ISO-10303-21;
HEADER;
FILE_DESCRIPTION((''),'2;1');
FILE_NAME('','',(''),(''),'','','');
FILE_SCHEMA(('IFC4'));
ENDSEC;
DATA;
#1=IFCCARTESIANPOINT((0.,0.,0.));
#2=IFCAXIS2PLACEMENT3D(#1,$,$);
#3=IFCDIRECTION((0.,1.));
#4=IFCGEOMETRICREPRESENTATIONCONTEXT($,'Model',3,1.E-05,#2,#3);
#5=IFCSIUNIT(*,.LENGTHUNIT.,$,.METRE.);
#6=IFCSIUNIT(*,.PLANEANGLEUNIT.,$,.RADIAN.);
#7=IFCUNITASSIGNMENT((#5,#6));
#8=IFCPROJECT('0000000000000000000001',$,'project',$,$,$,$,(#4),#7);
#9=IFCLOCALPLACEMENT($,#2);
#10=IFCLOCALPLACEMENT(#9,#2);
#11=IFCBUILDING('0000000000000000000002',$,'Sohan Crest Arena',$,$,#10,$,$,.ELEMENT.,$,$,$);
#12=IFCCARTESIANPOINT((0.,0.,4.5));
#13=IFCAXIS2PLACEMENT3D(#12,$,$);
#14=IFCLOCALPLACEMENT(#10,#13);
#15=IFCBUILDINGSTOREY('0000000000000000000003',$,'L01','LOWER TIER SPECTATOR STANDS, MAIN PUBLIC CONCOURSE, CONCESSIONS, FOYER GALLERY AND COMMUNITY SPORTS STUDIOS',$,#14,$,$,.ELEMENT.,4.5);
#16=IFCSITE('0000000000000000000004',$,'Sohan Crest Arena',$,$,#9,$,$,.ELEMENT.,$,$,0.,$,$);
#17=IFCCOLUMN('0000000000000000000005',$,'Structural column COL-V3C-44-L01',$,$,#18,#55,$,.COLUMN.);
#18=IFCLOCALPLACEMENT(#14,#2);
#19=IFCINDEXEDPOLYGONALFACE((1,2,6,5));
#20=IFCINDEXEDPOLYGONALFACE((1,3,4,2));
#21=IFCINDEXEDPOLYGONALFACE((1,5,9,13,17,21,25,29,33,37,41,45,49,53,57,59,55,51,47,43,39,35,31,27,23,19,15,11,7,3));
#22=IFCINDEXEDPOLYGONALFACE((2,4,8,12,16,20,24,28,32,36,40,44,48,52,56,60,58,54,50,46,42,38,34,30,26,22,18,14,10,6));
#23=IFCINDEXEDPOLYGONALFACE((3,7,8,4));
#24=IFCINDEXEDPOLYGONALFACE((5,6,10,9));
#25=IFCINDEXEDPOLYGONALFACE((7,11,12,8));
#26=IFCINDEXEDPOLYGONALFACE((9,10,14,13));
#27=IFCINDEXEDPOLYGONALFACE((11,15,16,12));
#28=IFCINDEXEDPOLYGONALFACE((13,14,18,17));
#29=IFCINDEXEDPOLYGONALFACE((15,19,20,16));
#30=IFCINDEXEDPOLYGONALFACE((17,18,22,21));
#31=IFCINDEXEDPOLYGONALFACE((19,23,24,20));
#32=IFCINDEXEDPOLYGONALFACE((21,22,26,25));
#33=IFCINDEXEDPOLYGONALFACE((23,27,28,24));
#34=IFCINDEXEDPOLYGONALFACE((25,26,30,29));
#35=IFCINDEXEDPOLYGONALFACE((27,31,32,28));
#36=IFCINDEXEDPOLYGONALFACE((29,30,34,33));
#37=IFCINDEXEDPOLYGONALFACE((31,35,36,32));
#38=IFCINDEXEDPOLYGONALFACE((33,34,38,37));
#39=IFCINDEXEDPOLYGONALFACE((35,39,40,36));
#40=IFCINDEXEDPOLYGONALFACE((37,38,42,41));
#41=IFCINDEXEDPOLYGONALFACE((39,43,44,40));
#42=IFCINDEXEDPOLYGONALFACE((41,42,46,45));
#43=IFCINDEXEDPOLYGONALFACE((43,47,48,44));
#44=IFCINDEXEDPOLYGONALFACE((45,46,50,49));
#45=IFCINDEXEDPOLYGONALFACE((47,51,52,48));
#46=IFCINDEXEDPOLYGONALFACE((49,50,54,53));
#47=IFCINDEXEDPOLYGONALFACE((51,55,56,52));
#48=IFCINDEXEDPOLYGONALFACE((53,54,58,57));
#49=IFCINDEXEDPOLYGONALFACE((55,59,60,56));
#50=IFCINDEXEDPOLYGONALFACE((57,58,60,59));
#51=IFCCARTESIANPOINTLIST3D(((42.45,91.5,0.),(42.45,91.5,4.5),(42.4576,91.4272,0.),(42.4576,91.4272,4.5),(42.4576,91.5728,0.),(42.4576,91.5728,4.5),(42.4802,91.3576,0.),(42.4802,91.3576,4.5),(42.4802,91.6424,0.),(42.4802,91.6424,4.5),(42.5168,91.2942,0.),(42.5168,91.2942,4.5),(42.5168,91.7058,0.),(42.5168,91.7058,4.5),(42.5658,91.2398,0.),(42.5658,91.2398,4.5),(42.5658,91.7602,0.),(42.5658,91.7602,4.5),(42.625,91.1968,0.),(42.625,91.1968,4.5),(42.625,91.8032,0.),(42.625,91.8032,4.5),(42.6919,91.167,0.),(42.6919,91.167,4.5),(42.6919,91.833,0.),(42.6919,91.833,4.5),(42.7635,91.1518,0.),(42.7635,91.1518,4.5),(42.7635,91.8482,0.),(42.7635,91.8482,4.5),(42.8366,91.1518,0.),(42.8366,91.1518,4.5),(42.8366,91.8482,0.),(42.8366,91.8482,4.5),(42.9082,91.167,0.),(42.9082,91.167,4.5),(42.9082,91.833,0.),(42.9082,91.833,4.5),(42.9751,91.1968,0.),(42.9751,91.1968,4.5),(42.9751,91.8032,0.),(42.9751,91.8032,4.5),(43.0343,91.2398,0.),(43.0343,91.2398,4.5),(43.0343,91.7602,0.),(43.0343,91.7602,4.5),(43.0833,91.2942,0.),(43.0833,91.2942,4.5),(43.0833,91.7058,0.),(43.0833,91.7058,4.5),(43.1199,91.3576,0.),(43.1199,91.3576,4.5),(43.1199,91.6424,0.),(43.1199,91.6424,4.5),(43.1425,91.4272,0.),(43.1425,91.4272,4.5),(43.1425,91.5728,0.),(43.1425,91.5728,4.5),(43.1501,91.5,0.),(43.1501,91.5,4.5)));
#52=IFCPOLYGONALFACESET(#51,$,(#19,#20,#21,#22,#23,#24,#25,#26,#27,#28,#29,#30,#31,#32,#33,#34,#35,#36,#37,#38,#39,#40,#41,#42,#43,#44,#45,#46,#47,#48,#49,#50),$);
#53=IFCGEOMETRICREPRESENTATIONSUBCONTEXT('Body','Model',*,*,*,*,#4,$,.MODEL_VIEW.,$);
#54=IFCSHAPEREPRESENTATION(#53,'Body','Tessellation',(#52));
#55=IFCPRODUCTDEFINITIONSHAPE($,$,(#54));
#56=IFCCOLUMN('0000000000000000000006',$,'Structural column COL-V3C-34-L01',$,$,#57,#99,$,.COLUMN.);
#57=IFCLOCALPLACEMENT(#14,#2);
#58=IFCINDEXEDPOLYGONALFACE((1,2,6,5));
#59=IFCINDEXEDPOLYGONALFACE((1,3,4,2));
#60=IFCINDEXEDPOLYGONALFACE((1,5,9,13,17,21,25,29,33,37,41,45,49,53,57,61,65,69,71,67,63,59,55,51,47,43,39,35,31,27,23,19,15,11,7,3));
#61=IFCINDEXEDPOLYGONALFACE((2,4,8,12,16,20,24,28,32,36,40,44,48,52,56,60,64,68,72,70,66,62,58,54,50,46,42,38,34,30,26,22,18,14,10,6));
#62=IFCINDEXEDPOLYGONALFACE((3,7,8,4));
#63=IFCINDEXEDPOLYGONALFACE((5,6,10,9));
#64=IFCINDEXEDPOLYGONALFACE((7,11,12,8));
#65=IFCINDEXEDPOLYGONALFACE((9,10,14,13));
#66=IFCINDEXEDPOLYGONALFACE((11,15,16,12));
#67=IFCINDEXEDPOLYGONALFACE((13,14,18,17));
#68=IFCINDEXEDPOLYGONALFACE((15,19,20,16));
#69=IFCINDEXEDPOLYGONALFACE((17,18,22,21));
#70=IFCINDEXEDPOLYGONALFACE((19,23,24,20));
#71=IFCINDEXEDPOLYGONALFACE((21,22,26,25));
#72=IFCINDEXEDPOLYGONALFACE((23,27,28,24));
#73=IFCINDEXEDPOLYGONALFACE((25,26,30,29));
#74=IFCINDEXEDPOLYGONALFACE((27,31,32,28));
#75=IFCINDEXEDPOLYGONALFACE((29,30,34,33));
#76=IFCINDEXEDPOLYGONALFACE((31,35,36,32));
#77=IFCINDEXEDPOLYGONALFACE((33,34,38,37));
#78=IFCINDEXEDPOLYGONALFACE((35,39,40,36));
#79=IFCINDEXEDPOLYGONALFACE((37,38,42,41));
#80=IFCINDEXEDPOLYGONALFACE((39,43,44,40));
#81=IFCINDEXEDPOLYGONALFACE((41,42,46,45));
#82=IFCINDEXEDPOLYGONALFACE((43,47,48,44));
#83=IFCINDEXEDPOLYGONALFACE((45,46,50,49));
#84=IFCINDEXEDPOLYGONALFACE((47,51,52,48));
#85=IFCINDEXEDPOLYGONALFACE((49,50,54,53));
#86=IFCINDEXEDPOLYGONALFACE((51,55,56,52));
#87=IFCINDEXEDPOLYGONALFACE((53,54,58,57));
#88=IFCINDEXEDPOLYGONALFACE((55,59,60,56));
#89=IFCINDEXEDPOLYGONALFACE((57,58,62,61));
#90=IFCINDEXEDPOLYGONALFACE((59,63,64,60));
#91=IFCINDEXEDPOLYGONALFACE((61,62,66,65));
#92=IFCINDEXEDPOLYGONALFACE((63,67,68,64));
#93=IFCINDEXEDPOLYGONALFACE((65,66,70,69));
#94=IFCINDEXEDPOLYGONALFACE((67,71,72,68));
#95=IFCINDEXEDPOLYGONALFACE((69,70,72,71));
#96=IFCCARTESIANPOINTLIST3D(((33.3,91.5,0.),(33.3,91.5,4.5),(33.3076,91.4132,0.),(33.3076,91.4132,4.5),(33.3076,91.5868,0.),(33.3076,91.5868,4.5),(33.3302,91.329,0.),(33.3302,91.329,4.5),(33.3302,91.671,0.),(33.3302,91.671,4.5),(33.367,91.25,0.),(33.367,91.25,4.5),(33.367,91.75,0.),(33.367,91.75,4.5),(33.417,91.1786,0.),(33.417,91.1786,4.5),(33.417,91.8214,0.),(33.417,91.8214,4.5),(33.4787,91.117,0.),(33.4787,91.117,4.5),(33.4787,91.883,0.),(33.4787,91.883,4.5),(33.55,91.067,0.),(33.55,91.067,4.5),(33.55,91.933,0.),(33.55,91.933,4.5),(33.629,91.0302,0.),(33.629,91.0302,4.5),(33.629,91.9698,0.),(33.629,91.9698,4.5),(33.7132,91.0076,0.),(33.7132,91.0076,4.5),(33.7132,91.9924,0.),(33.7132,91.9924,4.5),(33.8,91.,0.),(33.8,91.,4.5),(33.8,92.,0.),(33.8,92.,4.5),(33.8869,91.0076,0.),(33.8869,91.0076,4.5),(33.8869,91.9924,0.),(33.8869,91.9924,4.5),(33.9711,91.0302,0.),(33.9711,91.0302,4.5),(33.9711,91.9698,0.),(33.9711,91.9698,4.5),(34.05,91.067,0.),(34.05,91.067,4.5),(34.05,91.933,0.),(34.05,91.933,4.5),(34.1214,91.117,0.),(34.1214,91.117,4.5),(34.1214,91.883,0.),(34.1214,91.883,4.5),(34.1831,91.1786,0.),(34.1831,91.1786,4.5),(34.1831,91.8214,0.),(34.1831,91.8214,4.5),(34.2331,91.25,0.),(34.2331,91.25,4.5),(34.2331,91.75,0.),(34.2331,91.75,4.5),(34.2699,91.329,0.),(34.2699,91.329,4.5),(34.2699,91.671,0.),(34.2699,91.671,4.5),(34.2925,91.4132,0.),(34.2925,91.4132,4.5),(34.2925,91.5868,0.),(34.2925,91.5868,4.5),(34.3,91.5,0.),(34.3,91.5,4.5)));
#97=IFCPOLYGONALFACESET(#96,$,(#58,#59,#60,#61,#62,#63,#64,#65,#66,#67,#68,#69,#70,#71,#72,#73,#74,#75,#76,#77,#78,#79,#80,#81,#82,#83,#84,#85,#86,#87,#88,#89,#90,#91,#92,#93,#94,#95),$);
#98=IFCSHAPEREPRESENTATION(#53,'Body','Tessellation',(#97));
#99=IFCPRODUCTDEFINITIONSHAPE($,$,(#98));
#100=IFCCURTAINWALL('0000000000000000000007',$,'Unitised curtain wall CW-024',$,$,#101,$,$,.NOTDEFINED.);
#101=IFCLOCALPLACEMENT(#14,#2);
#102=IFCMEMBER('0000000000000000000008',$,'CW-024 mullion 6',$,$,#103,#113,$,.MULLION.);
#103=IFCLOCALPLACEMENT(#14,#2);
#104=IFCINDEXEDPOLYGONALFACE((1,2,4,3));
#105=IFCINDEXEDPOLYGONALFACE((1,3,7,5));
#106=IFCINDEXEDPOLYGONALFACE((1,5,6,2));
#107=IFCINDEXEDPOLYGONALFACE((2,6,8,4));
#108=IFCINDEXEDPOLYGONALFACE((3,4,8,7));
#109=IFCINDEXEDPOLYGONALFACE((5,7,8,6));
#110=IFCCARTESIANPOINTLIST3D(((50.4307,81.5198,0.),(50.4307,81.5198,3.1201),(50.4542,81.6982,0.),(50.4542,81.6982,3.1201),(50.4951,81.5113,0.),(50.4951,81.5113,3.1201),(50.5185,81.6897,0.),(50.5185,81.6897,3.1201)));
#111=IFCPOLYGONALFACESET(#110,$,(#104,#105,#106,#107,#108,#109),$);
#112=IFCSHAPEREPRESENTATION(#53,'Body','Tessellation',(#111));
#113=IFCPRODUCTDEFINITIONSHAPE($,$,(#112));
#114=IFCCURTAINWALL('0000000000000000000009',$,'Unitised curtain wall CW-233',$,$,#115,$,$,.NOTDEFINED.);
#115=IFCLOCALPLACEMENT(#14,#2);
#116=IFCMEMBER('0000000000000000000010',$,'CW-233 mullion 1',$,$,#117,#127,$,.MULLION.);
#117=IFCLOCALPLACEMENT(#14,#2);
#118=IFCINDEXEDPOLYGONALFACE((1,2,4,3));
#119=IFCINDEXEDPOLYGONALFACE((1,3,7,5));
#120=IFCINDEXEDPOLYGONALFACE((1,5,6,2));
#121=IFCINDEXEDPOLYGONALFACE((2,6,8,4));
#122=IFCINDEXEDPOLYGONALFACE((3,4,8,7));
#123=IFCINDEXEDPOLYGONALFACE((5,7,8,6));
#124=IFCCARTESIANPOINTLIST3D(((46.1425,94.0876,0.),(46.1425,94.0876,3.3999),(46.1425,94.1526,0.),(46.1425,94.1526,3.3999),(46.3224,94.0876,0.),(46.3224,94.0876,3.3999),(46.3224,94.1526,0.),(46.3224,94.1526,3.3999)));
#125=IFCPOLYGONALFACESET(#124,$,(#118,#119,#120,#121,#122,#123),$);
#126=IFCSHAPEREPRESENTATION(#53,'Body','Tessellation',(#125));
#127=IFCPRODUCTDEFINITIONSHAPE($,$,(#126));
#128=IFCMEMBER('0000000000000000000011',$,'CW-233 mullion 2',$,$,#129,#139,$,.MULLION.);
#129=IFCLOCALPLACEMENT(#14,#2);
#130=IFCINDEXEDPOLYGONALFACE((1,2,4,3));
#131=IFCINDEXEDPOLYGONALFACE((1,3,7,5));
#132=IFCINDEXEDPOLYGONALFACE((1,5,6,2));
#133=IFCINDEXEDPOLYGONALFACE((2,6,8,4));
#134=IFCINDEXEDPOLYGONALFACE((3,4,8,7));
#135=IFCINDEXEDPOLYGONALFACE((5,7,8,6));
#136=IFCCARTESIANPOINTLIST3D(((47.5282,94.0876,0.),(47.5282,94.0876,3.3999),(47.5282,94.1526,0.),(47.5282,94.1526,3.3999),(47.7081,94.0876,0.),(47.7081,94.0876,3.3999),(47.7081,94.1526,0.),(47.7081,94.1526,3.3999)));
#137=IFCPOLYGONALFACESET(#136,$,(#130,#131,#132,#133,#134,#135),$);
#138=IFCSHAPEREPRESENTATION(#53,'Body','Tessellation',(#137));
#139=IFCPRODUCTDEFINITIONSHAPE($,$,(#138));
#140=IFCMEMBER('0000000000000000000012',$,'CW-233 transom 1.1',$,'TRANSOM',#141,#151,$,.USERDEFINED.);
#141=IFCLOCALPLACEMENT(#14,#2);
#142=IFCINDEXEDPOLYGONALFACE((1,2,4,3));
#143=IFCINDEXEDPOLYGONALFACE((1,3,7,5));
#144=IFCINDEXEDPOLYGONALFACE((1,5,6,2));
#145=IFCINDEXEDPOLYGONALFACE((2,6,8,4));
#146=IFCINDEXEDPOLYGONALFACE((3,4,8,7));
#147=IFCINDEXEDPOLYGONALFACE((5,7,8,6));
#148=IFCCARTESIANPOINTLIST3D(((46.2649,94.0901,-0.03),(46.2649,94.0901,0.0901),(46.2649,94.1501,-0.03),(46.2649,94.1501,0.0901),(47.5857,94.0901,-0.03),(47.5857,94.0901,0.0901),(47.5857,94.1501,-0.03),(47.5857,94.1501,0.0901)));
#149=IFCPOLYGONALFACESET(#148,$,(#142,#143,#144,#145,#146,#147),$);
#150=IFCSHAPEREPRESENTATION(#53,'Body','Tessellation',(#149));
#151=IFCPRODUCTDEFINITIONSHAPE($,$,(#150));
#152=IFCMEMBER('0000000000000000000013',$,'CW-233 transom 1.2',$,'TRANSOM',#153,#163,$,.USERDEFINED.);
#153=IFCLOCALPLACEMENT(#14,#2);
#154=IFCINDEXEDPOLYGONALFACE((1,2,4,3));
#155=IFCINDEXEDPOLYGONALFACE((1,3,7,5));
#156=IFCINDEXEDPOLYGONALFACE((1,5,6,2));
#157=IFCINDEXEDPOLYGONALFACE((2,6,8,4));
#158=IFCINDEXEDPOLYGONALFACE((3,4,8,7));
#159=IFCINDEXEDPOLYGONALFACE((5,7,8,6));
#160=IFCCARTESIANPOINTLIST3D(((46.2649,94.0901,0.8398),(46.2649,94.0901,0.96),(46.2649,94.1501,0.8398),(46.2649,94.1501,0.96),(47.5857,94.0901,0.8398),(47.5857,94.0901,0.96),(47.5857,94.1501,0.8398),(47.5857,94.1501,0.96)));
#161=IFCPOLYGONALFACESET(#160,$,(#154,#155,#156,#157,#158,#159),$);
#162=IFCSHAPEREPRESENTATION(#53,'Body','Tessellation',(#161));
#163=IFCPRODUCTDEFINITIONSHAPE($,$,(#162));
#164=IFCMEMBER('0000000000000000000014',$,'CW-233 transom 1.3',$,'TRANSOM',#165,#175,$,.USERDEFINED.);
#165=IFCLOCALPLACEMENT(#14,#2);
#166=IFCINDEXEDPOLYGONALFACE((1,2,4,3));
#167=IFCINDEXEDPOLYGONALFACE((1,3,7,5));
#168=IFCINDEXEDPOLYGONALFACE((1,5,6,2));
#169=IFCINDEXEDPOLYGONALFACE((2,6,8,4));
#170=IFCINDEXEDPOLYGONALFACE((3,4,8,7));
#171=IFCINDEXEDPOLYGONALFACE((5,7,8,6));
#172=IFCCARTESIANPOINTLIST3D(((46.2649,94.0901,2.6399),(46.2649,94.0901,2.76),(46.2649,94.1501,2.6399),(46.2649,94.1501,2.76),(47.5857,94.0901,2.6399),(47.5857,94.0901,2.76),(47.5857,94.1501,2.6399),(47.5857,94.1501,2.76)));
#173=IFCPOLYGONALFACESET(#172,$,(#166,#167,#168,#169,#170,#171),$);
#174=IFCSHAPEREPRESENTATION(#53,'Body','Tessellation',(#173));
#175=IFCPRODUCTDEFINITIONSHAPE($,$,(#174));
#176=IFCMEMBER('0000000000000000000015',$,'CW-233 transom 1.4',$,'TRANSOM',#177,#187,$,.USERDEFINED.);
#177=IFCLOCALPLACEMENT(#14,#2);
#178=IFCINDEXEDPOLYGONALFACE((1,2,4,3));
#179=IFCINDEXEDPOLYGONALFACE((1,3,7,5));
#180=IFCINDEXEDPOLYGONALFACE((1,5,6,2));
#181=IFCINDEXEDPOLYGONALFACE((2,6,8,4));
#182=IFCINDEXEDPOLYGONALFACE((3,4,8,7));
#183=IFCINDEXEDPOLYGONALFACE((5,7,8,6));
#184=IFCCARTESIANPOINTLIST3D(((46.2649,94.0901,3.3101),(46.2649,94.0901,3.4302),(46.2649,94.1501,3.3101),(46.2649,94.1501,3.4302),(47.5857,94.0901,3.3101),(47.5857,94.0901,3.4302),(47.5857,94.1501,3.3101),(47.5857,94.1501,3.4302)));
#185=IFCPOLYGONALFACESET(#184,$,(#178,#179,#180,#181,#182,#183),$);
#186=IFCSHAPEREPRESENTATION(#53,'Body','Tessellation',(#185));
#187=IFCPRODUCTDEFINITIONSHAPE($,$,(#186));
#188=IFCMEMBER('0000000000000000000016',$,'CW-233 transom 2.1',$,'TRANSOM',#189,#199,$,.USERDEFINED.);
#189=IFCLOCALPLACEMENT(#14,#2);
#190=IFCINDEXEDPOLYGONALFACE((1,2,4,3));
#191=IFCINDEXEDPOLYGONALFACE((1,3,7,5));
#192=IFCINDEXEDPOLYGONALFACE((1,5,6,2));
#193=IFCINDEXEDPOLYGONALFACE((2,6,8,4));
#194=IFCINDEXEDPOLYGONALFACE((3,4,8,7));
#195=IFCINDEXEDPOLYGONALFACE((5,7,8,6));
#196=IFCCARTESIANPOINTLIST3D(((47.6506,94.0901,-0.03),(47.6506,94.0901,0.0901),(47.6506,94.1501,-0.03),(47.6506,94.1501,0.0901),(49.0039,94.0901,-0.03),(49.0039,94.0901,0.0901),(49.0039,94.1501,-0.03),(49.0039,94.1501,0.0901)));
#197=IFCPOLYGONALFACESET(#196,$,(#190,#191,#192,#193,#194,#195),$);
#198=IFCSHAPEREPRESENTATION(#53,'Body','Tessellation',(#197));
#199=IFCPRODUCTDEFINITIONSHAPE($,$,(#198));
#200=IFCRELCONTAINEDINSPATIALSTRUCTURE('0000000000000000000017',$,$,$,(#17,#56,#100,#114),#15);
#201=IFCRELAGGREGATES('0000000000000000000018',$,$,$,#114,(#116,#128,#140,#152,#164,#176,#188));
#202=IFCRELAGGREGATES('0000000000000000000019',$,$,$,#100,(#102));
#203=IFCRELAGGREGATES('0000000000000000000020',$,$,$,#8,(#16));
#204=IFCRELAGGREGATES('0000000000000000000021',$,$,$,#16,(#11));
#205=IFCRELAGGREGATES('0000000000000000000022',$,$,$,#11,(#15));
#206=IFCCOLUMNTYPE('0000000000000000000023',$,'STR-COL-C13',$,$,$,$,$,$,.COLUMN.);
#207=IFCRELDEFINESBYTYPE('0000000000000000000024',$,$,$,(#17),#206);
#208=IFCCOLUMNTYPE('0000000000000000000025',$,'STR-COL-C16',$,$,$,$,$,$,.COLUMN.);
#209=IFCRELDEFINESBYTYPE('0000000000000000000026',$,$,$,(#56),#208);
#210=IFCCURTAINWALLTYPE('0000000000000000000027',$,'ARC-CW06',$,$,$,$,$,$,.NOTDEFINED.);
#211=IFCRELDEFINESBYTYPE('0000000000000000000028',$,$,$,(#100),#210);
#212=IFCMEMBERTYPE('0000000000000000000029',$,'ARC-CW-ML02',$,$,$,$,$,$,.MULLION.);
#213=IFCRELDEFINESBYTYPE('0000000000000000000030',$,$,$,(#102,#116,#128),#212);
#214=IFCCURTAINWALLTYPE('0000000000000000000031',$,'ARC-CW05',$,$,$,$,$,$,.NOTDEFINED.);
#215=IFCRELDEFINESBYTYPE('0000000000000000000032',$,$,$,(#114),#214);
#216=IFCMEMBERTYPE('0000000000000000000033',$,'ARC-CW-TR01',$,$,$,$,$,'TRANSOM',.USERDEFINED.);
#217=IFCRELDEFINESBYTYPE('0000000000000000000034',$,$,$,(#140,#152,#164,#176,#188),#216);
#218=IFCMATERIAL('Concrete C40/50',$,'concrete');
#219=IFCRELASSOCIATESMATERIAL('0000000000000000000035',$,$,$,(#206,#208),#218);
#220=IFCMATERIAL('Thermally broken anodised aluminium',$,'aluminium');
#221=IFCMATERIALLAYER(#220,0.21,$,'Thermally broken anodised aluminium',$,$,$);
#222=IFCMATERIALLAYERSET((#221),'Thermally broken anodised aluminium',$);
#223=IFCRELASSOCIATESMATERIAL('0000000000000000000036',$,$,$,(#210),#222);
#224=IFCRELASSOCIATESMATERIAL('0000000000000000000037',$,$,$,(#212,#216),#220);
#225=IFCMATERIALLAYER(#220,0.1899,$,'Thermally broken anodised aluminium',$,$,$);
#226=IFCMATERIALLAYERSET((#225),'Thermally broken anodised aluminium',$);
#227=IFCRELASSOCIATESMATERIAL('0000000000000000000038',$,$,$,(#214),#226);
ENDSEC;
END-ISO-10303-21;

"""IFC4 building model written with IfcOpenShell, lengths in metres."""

from ifc_helpers import new_model, si_unit, direction, frame, origin, origin_2d, place, context, subcontext, project, spatial, rectangle, circle, extrude, material, layer, layer_set, material_profile, profile_set, type_object, element, aggregate, save


model = new_model("IFC4")

# Units and contexts
model_context = context("Model", 3, precision=1e-05, world=origin(), true_north=direction((0.0, 1.0)))
body_context = subcontext(model_context, "Body", "Model", "MODEL_VIEW")
ifc_project = project(units=[si_unit("LENGTHUNIT", "METRE"), si_unit("PLANEANGLEUNIT", "RADIAN")], contexts=[model_context])

# Site, building, storey
site_placement = place(None, origin())
site = spatial("IfcSite", under=ifc_project, at=site_placement, Name="Sohan Crest Arena", CompositionType="ELEMENT", RefElevation=0.0)
building_placement = place(site_placement, origin())
building = spatial("IfcBuilding", under=site, at=building_placement, Name="Sohan Crest Arena", CompositionType="ELEMENT")
storey_placement = place(building_placement, frame((0.0, 0.0, 4.5)))
storey = spatial("IfcBuildingStorey", under=building, at=storey_placement, Name="L01", Description="LOWER TIER SPECTATOR STANDS, MAIN PUBLIC CONCOURSE, CONCESSIONS, FOYER GALLERY AND COMMUNITY SPORTS STUDIOS", CompositionType="ELEMENT", Elevation=4.5)

# Columns
ifc_material_1 = material(Name="Concrete C40/50", Category="concrete")
ifc_material_profile_1 = material_profile(ifc_material_1, circle(Radius=0.3501, at=origin_2d()), Name="RC D700")
ifc_profile_set_1 = profile_set([ifc_material_profile_1], Name="Concrete C40/50")
column_type_1 = type_object("IfcColumnType", Name="STR-COL-C13", PredefinedType="COLUMN", material=ifc_profile_set_1)
column_1_placement = place(storey_placement, frame((42.8, 91.5, 0.0), z_axis=(0.0, 0.0, 1.0), x_axis=(1.0, 0.0, 0.0)))
element("IfcColumn", 1, at=column_1_placement, inside=storey, type_object=column_type_1, Name="Structural column COL-V3C-44-L01", PredefinedType="COLUMN", context=body_context, shape_type="SweptSolid", body=[
    extrude(circle(Radius=0.3501, at=origin_2d()), origin(), (0.0, 0.0, 1.0), 4.5),
])
ifc_material_profile_2 = material_profile(ifc_material_1, circle(Radius=0.5, at=origin_2d()), Name="RC D1000")
ifc_profile_set_2 = profile_set([ifc_material_profile_2], Name="Concrete C40/50")
column_type_2 = type_object("IfcColumnType", Name="STR-COL-C16", PredefinedType="COLUMN", material=ifc_profile_set_2)
column_2_placement = place(storey_placement, frame((33.8, 91.5, 0.0), z_axis=(0.0, 0.0, 1.0), x_axis=(1.0, 0.0, 0.0)))
element("IfcColumn", 2, at=column_2_placement, inside=storey, type_object=column_type_2, Name="Structural column COL-V3C-34-L01", PredefinedType="COLUMN", context=body_context, shape_type="SweptSolid", body=[
    extrude(circle(Radius=0.5, at=origin_2d()), origin(), (0.0, 0.0, 1.0), 4.5),
])

# Curtain wall, member
ifc_material_2 = material(Name="Thermally broken anodised aluminium", Category="aluminium")
ifc_layer_1 = layer(ifc_material_2, 0.21, Name="Thermally broken anodised aluminium")
ifc_layer_set_1 = layer_set([ifc_layer_1], Name="Thermally broken anodised aluminium")
curtain_wall_type_1 = type_object("IfcCurtainWallType", Name="ARC-CW06", PredefinedType="NOTDEFINED", material=ifc_layer_set_1)
curtain_wall_1_placement = place(storey_placement, origin())
curtain_wall_1 = element("IfcCurtainWall", 3, at=curtain_wall_1_placement, inside=storey, type_object=curtain_wall_type_1, Name="Unitised curtain wall CW-024", PredefinedType="NOTDEFINED")
ifc_material_profile_3 = material_profile(ifc_material_2, rectangle(XDim=0.0649, YDim=0.1799, at=origin_2d()), Name="ALU-MULL 65x180")
ifc_profile_set_3 = profile_set([ifc_material_profile_3], Name="Thermally broken anodised aluminium")
member_type_1 = type_object("IfcMemberType", Name="ARC-CW-ML02", PredefinedType="MULLION", material=ifc_profile_set_3)
member_1_placement = place(storey_placement, frame((50.4746, 81.6047, 0.0), z_axis=(0.0, 0.0, 1.0), x_axis=(0.99144, -0.130562, 0.0)))
member_1 = element("IfcMember", 4, at=member_1_placement, type_object=member_type_1, Name="CW-024 mullion 6", PredefinedType="MULLION", context=body_context, shape_type="SweptSolid", body=[
    extrude(rectangle(XDim=0.0649, YDim=0.1799, at=origin_2d()), origin(), (0.0, 0.0, 1.0), 3.1201),
])

# Curtain wall, members
ifc_layer_2 = layer(ifc_material_2, 0.1899, Name="Thermally broken anodised aluminium")
ifc_layer_set_2 = layer_set([ifc_layer_2], Name="Thermally broken anodised aluminium")
curtain_wall_type_2 = type_object("IfcCurtainWallType", Name="ARC-CW05", PredefinedType="NOTDEFINED", material=ifc_layer_set_2)
curtain_wall_2_placement = place(storey_placement, origin())
curtain_wall_2 = element("IfcCurtainWall", 5, at=curtain_wall_2_placement, inside=storey, type_object=curtain_wall_type_2, Name="Unitised curtain wall CW-233", PredefinedType="NOTDEFINED")
member_2_placement = place(storey_placement, frame((46.2324, 94.1201, 0.0), z_axis=(0.0, 0.0, 1.0), x_axis=(0.0, 1.0, 0.0)))
member_2 = element("IfcMember", 6, at=member_2_placement, type_object=member_type_1, Name="CW-233 mullion 1", PredefinedType="MULLION", context=body_context, shape_type="SweptSolid", body=[
    extrude(rectangle(XDim=0.0649, YDim=0.1799, at=origin_2d()), origin(), (0.0, 0.0, 1.0), 3.3999),
])
member_3_placement = place(storey_placement, frame((47.6182, 94.1201, 0.0), z_axis=(0.0, 0.0, 1.0), x_axis=(0.0, 1.0, 0.0)))
member_3 = element("IfcMember", 7, at=member_3_placement, type_object=member_type_1, Name="CW-233 mullion 2", PredefinedType="MULLION", context=body_context, shape_type="SweptSolid", body=[
    extrude(rectangle(XDim=0.0649, YDim=0.1799, at=origin_2d()), origin(), (0.0, 0.0, 1.0), 3.3999),
])
ifc_material_profile_4 = material_profile(ifc_material_2, rectangle(XDim=0.0601, YDim=0.1201, at=origin_2d()), Name="ALU-TRAN 60x120")
ifc_profile_set_4 = profile_set([ifc_material_profile_4], Name="Thermally broken anodised aluminium")
member_type_2 = type_object("IfcMemberType", Name="ARC-CW-TR01", ElementType="TRANSOM", PredefinedType="USERDEFINED", material=ifc_profile_set_4)
member_4_placement = place(storey_placement, frame((46.2649, 94.1201, 0.03), z_axis=(1.0, 0.0, 0.0), x_axis=(0.0, 1.0, 0.0)))
member_4 = element("IfcMember", 8, at=member_4_placement, type_object=member_type_2, Name="CW-233 transom 1.1", ObjectType="TRANSOM", PredefinedType="USERDEFINED", context=body_context, shape_type="SweptSolid", body=[
    extrude(rectangle(XDim=0.0601, YDim=0.1201, at=origin_2d()), origin(), (0.0, 0.0, 1.0), 1.3208),
])
member_5_placement = place(storey_placement, frame((46.2649, 94.1201, 0.8999), z_axis=(1.0, 0.0, 0.0), x_axis=(0.0, 1.0, 0.0)))
member_5 = element("IfcMember", 9, at=member_5_placement, type_object=member_type_2, Name="CW-233 transom 1.2", ObjectType="TRANSOM", PredefinedType="USERDEFINED", context=body_context, shape_type="SweptSolid", body=[
    extrude(rectangle(XDim=0.0601, YDim=0.1201, at=origin_2d()), origin(), (0.0, 0.0, 1.0), 1.3208),
])
member_6_placement = place(storey_placement, frame((46.2649, 94.1201, 2.7), z_axis=(1.0, 0.0, 0.0), x_axis=(0.0, 1.0, 0.0)))
member_6 = element("IfcMember", 10, at=member_6_placement, type_object=member_type_2, Name="CW-233 transom 1.3", ObjectType="TRANSOM", PredefinedType="USERDEFINED", context=body_context, shape_type="SweptSolid", body=[
    extrude(rectangle(XDim=0.0601, YDim=0.1201, at=origin_2d()), origin(), (0.0, 0.0, 1.0), 1.3208),
])
member_7_placement = place(storey_placement, frame((46.2649, 94.1201, 3.3701), z_axis=(1.0, 0.0, 0.0), x_axis=(0.0, 1.0, 0.0)))
member_7 = element("IfcMember", 11, at=member_7_placement, type_object=member_type_2, Name="CW-233 transom 1.4", ObjectType="TRANSOM", PredefinedType="USERDEFINED", context=body_context, shape_type="SweptSolid", body=[
    extrude(rectangle(XDim=0.0601, YDim=0.1201, at=origin_2d()), origin(), (0.0, 0.0, 1.0), 1.3208),
])
member_8_placement = place(storey_placement, frame((47.6506, 94.1201, 0.03), z_axis=(1.0, 0.0, 0.0), x_axis=(0.0, 1.0, 0.0)))
member_8 = element("IfcMember", 12, at=member_8_placement, type_object=member_type_2, Name="CW-233 transom 2.1", ObjectType="TRANSOM", PredefinedType="USERDEFINED", context=body_context, shape_type="SweptSolid", body=[
    extrude(rectangle(XDim=0.0601, YDim=0.1201, at=origin_2d()), origin(), (0.0, 0.0, 1.0), 1.3533),
])

aggregate(curtain_wall_2, [member_2, member_3, member_4, member_5, member_6, member_7, member_8])
aggregate(curtain_wall_1, [member_1])

save(model, "model.ifc")
